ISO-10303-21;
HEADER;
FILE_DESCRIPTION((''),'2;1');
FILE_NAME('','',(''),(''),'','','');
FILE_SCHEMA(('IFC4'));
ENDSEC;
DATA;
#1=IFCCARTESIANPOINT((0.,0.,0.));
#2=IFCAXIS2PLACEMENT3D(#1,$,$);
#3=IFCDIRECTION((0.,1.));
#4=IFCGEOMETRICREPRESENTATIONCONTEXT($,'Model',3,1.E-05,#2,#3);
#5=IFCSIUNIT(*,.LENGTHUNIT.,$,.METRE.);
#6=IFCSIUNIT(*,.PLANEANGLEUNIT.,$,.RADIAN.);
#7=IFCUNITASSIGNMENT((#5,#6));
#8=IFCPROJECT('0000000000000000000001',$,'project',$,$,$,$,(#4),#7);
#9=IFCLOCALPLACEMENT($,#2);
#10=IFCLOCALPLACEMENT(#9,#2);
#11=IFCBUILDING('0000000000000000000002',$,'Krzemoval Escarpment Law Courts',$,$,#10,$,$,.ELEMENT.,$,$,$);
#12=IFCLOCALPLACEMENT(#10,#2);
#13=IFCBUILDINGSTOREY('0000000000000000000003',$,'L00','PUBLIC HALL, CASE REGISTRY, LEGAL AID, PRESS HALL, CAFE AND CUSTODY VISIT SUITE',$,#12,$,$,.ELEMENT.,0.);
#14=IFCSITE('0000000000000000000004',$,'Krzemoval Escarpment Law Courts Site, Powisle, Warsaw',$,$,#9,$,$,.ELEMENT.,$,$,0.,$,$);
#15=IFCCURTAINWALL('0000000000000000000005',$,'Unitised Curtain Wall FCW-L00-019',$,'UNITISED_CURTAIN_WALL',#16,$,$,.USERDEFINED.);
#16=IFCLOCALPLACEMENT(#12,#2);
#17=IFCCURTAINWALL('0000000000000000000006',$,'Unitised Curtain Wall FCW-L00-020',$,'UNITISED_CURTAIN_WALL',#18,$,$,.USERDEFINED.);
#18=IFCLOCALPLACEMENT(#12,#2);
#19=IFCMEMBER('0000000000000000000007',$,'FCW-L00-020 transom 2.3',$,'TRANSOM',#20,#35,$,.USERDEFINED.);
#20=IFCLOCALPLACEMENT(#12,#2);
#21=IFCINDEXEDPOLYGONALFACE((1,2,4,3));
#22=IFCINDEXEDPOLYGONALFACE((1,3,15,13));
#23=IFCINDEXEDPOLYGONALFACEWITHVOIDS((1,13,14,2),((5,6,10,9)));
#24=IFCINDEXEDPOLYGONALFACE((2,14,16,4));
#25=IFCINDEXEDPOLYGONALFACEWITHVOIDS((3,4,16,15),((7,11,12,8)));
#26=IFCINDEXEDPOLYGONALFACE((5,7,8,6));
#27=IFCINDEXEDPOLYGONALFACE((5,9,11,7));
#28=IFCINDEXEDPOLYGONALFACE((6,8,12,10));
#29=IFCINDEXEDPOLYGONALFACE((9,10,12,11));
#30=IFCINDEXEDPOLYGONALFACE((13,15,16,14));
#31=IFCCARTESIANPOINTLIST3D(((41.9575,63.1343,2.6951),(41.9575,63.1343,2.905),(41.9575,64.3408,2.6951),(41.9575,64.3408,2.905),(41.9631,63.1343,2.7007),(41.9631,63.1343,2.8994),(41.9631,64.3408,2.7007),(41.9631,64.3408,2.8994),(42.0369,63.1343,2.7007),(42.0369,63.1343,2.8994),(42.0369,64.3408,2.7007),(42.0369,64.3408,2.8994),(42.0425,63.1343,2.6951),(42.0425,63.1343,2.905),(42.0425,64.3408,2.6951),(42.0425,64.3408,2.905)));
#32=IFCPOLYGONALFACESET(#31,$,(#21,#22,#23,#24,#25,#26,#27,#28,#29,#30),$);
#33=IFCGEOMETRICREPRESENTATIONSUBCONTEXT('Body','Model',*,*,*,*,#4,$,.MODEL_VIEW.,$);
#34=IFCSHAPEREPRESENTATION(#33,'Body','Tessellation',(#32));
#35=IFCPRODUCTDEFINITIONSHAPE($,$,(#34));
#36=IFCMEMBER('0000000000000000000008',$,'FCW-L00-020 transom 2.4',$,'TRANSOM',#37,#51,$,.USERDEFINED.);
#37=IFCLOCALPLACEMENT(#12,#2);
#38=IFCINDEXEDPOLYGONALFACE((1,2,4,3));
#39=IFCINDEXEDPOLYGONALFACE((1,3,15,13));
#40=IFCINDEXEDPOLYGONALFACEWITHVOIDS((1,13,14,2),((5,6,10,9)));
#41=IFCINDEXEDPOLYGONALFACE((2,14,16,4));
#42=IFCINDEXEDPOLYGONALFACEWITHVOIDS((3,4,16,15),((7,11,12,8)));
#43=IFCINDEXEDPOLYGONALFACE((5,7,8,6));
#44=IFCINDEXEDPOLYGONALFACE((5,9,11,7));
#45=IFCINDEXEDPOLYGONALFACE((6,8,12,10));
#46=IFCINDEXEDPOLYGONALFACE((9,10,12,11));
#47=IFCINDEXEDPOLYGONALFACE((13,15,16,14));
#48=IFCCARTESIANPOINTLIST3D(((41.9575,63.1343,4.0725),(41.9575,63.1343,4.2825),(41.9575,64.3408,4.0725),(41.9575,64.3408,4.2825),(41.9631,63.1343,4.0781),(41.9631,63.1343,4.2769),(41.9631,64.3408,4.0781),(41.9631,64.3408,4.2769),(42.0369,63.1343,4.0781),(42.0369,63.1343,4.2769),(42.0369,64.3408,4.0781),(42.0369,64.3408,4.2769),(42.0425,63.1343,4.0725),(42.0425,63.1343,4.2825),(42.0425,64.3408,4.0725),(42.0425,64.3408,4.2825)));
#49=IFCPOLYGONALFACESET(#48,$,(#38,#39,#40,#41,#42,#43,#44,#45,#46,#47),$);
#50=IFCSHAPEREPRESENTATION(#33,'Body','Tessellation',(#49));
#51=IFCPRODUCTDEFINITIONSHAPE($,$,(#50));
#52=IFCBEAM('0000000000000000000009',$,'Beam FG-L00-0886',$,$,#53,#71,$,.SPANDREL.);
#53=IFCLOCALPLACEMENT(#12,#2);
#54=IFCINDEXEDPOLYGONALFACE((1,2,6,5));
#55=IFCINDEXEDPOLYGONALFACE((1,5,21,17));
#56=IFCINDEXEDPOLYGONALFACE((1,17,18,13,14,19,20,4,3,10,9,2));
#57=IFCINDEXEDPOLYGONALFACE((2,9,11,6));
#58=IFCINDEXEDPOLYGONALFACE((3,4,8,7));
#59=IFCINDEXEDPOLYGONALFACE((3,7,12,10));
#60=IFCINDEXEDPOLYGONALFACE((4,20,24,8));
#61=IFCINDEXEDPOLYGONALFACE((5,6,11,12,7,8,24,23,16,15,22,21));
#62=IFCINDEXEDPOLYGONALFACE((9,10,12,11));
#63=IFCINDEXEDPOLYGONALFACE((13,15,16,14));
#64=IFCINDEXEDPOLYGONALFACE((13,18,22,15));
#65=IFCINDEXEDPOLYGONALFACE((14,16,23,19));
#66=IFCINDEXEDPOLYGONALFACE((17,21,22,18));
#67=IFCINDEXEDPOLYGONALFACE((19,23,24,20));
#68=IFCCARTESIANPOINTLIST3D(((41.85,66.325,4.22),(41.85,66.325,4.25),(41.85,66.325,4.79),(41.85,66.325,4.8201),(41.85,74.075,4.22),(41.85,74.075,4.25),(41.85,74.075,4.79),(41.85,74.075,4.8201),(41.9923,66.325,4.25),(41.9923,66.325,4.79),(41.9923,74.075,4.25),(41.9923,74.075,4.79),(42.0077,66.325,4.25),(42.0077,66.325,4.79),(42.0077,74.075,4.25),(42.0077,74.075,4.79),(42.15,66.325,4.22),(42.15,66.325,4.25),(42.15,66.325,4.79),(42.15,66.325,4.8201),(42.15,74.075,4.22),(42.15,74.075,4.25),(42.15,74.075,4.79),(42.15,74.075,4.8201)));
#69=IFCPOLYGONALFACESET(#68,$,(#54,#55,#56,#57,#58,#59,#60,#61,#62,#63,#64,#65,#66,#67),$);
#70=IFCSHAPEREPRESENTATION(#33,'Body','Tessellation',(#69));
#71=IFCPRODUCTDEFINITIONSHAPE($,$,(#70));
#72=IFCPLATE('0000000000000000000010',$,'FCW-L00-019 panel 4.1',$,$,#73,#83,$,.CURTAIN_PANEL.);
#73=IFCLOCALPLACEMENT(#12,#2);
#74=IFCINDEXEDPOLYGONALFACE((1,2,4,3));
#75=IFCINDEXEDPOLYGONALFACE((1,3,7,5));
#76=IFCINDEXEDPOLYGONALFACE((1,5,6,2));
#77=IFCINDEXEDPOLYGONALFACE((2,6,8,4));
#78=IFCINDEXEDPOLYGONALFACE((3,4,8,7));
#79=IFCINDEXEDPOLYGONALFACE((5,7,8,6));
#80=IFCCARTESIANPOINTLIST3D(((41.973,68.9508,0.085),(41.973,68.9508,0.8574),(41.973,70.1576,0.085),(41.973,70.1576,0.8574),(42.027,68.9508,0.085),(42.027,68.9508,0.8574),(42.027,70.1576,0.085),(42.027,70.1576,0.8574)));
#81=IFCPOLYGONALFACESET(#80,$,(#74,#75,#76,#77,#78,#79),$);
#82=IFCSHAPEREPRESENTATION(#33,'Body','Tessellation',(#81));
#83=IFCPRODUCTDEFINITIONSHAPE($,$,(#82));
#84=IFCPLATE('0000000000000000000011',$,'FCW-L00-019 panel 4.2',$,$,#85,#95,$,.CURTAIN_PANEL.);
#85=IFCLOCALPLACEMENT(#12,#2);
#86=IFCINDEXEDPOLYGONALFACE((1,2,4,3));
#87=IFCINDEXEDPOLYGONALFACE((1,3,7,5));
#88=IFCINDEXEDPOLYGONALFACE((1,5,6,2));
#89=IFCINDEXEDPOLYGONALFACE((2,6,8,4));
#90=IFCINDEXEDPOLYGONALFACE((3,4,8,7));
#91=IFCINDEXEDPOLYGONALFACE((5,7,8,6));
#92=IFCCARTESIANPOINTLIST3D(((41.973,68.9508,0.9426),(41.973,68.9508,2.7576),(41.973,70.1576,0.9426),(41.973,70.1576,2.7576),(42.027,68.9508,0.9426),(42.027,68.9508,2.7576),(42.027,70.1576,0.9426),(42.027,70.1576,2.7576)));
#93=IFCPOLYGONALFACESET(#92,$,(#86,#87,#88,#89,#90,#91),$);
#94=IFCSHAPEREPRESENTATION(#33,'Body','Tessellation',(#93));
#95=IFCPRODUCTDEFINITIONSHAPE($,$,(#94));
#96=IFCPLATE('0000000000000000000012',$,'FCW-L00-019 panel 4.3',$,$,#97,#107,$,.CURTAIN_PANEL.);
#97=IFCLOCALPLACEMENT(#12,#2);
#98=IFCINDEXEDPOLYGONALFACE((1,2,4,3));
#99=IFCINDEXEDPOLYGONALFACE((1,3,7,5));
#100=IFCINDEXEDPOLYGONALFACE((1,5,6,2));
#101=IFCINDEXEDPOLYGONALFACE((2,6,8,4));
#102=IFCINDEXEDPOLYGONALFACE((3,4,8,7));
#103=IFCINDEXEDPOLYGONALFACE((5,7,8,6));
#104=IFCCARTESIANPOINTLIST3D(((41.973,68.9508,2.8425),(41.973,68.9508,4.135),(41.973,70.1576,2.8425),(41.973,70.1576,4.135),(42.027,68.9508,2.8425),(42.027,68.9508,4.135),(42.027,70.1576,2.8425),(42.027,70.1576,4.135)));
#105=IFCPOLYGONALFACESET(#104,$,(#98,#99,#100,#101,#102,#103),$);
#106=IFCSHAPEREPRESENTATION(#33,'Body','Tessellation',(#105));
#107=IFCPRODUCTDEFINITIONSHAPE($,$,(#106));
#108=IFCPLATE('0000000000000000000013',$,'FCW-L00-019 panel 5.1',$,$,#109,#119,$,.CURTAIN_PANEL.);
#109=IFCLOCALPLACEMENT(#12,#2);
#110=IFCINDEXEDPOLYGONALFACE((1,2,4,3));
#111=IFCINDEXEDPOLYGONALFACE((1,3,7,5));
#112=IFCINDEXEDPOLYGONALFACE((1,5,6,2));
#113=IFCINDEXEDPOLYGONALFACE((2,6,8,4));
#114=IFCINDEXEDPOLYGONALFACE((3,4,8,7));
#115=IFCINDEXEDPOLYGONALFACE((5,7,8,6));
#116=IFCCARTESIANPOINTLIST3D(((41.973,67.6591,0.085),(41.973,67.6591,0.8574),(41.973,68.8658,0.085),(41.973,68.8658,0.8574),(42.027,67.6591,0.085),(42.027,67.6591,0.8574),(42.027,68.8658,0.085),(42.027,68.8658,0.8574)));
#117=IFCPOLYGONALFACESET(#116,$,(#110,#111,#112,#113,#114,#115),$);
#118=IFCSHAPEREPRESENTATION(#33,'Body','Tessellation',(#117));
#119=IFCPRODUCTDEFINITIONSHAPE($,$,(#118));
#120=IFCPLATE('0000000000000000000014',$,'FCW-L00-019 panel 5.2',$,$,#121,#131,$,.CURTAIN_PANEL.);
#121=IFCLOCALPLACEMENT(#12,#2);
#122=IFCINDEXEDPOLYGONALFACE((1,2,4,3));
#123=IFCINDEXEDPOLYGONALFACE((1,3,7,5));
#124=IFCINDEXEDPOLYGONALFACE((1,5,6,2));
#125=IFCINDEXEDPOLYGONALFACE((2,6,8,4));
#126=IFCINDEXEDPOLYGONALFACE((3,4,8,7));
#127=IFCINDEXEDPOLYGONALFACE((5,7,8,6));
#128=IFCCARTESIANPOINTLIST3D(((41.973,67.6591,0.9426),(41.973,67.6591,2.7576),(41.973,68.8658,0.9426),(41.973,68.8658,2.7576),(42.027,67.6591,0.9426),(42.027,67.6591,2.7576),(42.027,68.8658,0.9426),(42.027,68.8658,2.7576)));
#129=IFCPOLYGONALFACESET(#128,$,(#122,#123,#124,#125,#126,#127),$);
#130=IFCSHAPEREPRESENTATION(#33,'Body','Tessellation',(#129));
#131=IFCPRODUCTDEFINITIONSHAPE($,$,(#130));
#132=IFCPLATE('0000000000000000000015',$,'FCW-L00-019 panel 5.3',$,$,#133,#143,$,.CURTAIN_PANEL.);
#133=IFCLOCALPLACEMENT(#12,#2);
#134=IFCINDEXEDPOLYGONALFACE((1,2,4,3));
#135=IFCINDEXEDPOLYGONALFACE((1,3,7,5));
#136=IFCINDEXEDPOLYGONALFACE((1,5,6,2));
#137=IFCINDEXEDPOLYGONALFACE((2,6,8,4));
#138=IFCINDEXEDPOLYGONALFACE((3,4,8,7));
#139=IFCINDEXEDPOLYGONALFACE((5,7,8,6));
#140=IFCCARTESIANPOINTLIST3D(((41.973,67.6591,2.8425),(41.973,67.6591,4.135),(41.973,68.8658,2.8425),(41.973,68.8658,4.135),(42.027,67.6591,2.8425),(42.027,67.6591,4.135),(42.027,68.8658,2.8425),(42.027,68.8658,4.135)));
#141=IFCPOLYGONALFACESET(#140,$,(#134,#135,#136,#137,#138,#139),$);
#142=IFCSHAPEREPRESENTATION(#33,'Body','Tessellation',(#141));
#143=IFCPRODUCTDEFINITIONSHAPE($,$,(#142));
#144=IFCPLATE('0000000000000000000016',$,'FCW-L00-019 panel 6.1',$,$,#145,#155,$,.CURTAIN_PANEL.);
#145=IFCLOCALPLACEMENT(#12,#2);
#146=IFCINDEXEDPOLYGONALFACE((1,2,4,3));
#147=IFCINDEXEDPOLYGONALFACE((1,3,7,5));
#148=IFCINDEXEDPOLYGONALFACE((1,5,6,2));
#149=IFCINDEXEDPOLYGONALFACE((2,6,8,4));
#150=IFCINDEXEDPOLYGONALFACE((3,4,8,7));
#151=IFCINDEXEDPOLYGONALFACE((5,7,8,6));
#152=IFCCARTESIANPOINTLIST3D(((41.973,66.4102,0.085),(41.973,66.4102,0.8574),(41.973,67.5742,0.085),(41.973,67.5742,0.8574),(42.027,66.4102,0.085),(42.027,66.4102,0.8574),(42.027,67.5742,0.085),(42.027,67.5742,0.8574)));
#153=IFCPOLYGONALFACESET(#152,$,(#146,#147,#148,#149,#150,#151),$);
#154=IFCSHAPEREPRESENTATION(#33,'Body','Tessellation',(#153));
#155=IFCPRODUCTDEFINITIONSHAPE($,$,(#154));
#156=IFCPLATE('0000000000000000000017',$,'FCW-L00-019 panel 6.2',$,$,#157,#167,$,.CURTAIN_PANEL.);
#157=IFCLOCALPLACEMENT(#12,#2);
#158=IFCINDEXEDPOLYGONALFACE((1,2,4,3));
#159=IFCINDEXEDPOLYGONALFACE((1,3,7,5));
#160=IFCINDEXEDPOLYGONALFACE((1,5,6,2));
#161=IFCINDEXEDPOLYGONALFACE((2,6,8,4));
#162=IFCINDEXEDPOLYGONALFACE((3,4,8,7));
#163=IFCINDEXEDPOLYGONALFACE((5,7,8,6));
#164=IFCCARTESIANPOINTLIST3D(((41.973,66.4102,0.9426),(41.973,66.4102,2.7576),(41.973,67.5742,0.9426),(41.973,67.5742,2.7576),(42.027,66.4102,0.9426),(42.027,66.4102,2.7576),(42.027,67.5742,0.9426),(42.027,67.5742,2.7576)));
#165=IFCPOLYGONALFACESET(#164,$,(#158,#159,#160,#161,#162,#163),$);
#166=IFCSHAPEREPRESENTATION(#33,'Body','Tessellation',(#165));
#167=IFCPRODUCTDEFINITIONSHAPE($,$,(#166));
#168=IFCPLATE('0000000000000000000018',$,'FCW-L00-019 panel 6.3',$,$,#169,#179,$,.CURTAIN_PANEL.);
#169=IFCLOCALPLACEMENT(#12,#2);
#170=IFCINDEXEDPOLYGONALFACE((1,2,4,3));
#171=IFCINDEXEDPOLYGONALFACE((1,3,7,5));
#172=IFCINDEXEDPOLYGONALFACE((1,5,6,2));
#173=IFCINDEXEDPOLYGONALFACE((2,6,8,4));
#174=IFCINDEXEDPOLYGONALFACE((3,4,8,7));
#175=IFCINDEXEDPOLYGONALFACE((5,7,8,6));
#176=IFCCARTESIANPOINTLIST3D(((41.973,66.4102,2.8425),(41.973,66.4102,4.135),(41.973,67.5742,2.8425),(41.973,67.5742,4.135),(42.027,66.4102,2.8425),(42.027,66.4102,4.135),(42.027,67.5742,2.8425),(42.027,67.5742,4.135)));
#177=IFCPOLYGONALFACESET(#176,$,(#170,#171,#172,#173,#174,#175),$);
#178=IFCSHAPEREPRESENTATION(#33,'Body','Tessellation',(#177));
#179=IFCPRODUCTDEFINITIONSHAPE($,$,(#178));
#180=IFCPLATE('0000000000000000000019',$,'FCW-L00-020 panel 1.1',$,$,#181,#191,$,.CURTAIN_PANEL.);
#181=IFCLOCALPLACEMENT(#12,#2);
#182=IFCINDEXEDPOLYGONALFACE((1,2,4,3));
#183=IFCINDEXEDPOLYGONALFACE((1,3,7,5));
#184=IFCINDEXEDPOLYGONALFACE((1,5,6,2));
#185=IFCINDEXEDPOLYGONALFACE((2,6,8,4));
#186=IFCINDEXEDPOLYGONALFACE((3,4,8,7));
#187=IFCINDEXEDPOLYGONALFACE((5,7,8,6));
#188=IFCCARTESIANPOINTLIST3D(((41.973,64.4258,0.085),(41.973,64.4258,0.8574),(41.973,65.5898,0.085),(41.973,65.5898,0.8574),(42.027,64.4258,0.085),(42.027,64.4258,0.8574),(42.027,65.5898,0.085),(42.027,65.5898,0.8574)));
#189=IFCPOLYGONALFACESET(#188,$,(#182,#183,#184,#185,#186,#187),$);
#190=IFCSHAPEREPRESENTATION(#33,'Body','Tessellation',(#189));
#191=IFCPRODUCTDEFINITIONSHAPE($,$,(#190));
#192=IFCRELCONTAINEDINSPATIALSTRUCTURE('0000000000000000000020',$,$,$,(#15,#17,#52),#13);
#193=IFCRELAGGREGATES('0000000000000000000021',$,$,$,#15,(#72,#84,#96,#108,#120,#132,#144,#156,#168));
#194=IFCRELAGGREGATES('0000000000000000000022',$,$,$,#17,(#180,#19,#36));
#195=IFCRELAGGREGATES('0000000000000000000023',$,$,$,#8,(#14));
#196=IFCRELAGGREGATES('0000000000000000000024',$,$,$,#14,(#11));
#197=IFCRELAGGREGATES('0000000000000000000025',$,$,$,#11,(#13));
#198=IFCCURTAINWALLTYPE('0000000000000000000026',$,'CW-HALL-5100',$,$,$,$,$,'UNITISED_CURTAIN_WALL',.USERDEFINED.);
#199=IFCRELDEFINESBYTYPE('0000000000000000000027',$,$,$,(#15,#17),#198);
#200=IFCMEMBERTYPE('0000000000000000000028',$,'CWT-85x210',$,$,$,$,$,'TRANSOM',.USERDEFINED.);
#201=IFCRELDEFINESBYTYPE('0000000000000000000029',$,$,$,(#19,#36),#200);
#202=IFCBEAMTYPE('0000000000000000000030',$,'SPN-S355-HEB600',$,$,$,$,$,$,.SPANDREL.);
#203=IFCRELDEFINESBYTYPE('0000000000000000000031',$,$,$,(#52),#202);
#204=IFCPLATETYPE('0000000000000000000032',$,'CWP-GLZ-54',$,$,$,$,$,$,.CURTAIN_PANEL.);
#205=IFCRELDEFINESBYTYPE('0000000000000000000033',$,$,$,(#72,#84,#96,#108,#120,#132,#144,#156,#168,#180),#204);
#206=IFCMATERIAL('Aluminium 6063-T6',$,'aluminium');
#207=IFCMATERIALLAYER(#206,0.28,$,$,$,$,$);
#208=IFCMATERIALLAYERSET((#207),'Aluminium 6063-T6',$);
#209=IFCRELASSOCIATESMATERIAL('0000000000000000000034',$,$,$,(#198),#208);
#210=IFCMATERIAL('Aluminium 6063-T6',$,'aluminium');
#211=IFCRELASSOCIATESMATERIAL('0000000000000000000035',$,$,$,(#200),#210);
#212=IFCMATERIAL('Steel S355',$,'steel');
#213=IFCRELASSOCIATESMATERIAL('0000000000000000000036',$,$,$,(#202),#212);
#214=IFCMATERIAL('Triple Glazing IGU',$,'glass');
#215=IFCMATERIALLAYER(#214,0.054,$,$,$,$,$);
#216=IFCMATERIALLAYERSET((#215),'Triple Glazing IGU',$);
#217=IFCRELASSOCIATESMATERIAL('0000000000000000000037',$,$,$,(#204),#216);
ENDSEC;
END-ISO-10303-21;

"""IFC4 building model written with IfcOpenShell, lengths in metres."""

from ifc_helpers import new_model, si_unit, direction, frame, origin, origin_2d, place, context, subcontext, project, spatial, rectangle, hollow_rectangle, i_section, extrude, material, layer, layer_set, material_profile, profile_set, type_object, element, aggregate, save


model = new_model("IFC4")

# Units and contexts
model_context = context("Model", 3, precision=1e-05, world=origin(), true_north=direction((0.0, 1.0)))
body_context = subcontext(model_context, "Body", "Model", "MODEL_VIEW")
ifc_project = project(units=[si_unit("LENGTHUNIT", "METRE"), si_unit("PLANEANGLEUNIT", "RADIAN")], contexts=[model_context])

# Site, building, storey
site_placement = place(None, origin())
site = spatial("IfcSite", under=ifc_project, at=site_placement, Name="Krzemoval Escarpment Law Courts Site, Powisle, Warsaw", CompositionType="ELEMENT", RefElevation=0.0)
building_placement = place(site_placement, origin())
building = spatial("IfcBuilding", under=site, at=building_placement, Name="Krzemoval Escarpment Law Courts", CompositionType="ELEMENT")
storey_placement = place(building_placement, origin())
storey = spatial("IfcBuildingStorey", under=building, at=storey_placement, Name="L00", Description="PUBLIC HALL, CASE REGISTRY, LEGAL AID, PRESS HALL, CAFE AND CUSTODY VISIT SUITE", CompositionType="ELEMENT", Elevation=0.0)

# Curtain walls
ifc_material_1 = material(Name="Aluminium 6063-T6", Category="aluminium")
ifc_layer_1 = layer(ifc_material_1, 0.28)
ifc_layer_set_1 = layer_set([ifc_layer_1], Name="Aluminium 6063-T6")
curtain_wall_type = type_object("IfcCurtainWallType", Name="CW-HALL-5100", ElementType="UNITISED_CURTAIN_WALL", PredefinedType="USERDEFINED", material=ifc_layer_set_1)
curtain_wall_1_placement = place(storey_placement, origin())
curtain_wall_1 = element("IfcCurtainWall", 1, at=curtain_wall_1_placement, inside=storey, type_object=curtain_wall_type, Name="Unitised Curtain Wall FCW-L00-019", ObjectType="UNITISED_CURTAIN_WALL", PredefinedType="USERDEFINED")
curtain_wall_2_placement = place(storey_placement, origin())
curtain_wall_2 = element("IfcCurtainWall", 2, at=curtain_wall_2_placement, inside=storey, type_object=curtain_wall_type, Name="Unitised Curtain Wall FCW-L00-020", ObjectType="UNITISED_CURTAIN_WALL", PredefinedType="USERDEFINED")

# Members
ifc_material_2 = material(Name="Aluminium 6063-T6", Category="aluminium")
ifc_material_profile_1 = material_profile(ifc_material_2, hollow_rectangle(XDim=0.085, YDim=0.21, WallThickness=0.0056, at=origin_2d()), Name="ALU T85x210")
ifc_profile_set_1 = profile_set([ifc_material_profile_1], Name="Aluminium 6063-T6")
member_type_1 = type_object("IfcMemberType", Name="CWT-85x210", ElementType="TRANSOM", PredefinedType="USERDEFINED", material=ifc_profile_set_1)
member_1_placement = place(storey_placement, frame((42.0, 64.3408, 2.8), z_axis=(0.0, -1.0, 0.0), x_axis=(1.0, 0.0, 0.0)))
member_1 = element("IfcMember", 3, at=member_1_placement, type_object=member_type_1, Name="FCW-L00-020 transom 2.3", ObjectType="TRANSOM", PredefinedType="USERDEFINED", context=body_context, shape_type="SweptSolid", body=[
    extrude(hollow_rectangle(XDim=0.085, YDim=0.21, WallThickness=0.0056, at=origin_2d()), origin(), (0.0, 0.0, 1.0), 1.2065),
])
member_2_placement = place(storey_placement, frame((42.0, 64.3408, 4.1775), z_axis=(0.0, -1.0, 0.0), x_axis=(1.0, 0.0, 0.0)))
member_2 = element("IfcMember", 4, at=member_2_placement, type_object=member_type_1, Name="FCW-L00-020 transom 2.4", ObjectType="TRANSOM", PredefinedType="USERDEFINED", context=body_context, shape_type="SweptSolid", body=[
    extrude(hollow_rectangle(XDim=0.085, YDim=0.21, WallThickness=0.0056, at=origin_2d()), origin(), (0.0, 0.0, 1.0), 1.2065),
])

# Beam
ifc_material_3 = material(Name="Steel S355", Category="steel")
ifc_material_profile_2 = material_profile(ifc_material_3, i_section(OverallWidth=0.3, OverallDepth=0.6001, WebThickness=0.0154, FlangeThickness=0.03, at=origin_2d()), Name="HEB 600")
ifc_profile_set_2 = profile_set([ifc_material_profile_2], Name="Steel S355")
beam_type_1 = type_object("IfcBeamType", Name="SPN-S355-HEB600", PredefinedType="SPANDREL", material=ifc_profile_set_2)
beam_1_placement = place(storey_placement, frame((42.0, 66.325, 4.52), z_axis=(0.0, 1.0, 0.0), x_axis=(-1.0, 0.0, 0.0)))
element("IfcBeam", 5, at=beam_1_placement, inside=storey, type_object=beam_type_1, Name="Beam FG-L00-0886", PredefinedType="SPANDREL", context=body_context, shape_type="SweptSolid", body=[
    extrude(i_section(OverallWidth=0.3, OverallDepth=0.6001, WebThickness=0.0154, FlangeThickness=0.03, at=origin_2d()), origin(), (0.0, 0.0, 1.0), 7.75),
])

# Plates
ifc_material_4 = material(Name="Triple Glazing IGU", Category="glass")
ifc_layer_2 = layer(ifc_material_4, 0.054)
ifc_layer_set_2 = layer_set([ifc_layer_2], Name="Triple Glazing IGU")
plate_type = type_object("IfcPlateType", Name="CWP-GLZ-54", PredefinedType="CURTAIN_PANEL", material=ifc_layer_set_2)
plate_1_placement = place(storey_placement, frame((42.0, 69.5542, 0.085), z_axis=(0.0, 0.0, 1.0), x_axis=(0.0, -1.0, 0.0)))
plate_1 = element("IfcPlate", 6, at=plate_1_placement, type_object=plate_type, Name="FCW-L00-019 panel 4.1", PredefinedType="CURTAIN_PANEL", context=body_context, shape_type="SweptSolid", body=[
    extrude(rectangle(XDim=1.2068, YDim=0.054, at=origin_2d()), origin(), (0.0, 0.0, 1.0), 0.7725),
])
plate_2_placement = place(storey_placement, frame((42.0, 69.5542, 0.9426), z_axis=(0.0, 0.0, 1.0), x_axis=(0.0, -1.0, 0.0)))
plate_2 = element("IfcPlate", 7, at=plate_2_placement, type_object=plate_type, Name="FCW-L00-019 panel 4.2", PredefinedType="CURTAIN_PANEL", context=body_context, shape_type="SweptSolid", body=[
    extrude(rectangle(XDim=1.2068, YDim=0.054, at=origin_2d()), origin(), (0.0, 0.0, 1.0), 1.8149),
])
plate_3_placement = place(storey_placement, frame((42.0, 69.5542, 2.8425), z_axis=(0.0, 0.0, 1.0), x_axis=(0.0, -1.0, 0.0)))
plate_3 = element("IfcPlate", 8, at=plate_3_placement, type_object=plate_type, Name="FCW-L00-019 panel 4.3", PredefinedType="CURTAIN_PANEL", context=body_context, shape_type="SweptSolid", body=[
    extrude(rectangle(XDim=1.2068, YDim=0.054, at=origin_2d()), origin(), (0.0, 0.0, 1.0), 1.2925),
])
plate_4_placement = place(storey_placement, frame((42.0, 68.2625, 0.085), z_axis=(0.0, 0.0, 1.0), x_axis=(0.0, -1.0, 0.0)))
plate_4 = element("IfcPlate", 9, at=plate_4_placement, type_object=plate_type, Name="FCW-L00-019 panel 5.1", PredefinedType="CURTAIN_PANEL", context=body_context, shape_type="SweptSolid", body=[
    extrude(rectangle(XDim=1.2068, YDim=0.054, at=origin_2d()), origin(), (0.0, 0.0, 1.0), 0.7725),
])
plate_5_placement = place(storey_placement, frame((42.0, 68.2625, 0.9426), z_axis=(0.0, 0.0, 1.0), x_axis=(0.0, -1.0, 0.0)))
plate_5 = element("IfcPlate", 10, at=plate_5_placement, type_object=plate_type, Name="FCW-L00-019 panel 5.2", PredefinedType="CURTAIN_PANEL", context=body_context, shape_type="SweptSolid", body=[
    extrude(rectangle(XDim=1.2068, YDim=0.054, at=origin_2d()), origin(), (0.0, 0.0, 1.0), 1.8149),
])
plate_6_placement = place(storey_placement, frame((42.0, 68.2625, 2.8425), z_axis=(0.0, 0.0, 1.0), x_axis=(0.0, -1.0, 0.0)))
plate_6 = element("IfcPlate", 11, at=plate_6_placement, type_object=plate_type, Name="FCW-L00-019 panel 5.3", PredefinedType="CURTAIN_PANEL", context=body_context, shape_type="SweptSolid", body=[
    extrude(rectangle(XDim=1.2068, YDim=0.054, at=origin_2d()), origin(), (0.0, 0.0, 1.0), 1.2925),
])
plate_7_placement = place(storey_placement, frame((42.0, 66.9922, 0.085), z_axis=(0.0, 0.0, 1.0), x_axis=(0.0, -1.0, 0.0)))
plate_7 = element("IfcPlate", 12, at=plate_7_placement, type_object=plate_type, Name="FCW-L00-019 panel 6.1", PredefinedType="CURTAIN_PANEL", context=body_context, shape_type="SweptSolid", body=[
    extrude(rectangle(XDim=1.1641, YDim=0.054, at=origin_2d()), origin(), (0.0, 0.0, 1.0), 0.7725),
])
plate_8_placement = place(storey_placement, frame((42.0, 66.9922, 0.9426), z_axis=(0.0, 0.0, 1.0), x_axis=(0.0, -1.0, 0.0)))
plate_8 = element("IfcPlate", 13, at=plate_8_placement, type_object=plate_type, Name="FCW-L00-019 panel 6.2", PredefinedType="CURTAIN_PANEL", context=body_context, shape_type="SweptSolid", body=[
    extrude(rectangle(XDim=1.1641, YDim=0.054, at=origin_2d()), origin(), (0.0, 0.0, 1.0), 1.8149),
])
plate_9_placement = place(storey_placement, frame((42.0, 66.9922, 2.8425), z_axis=(0.0, 0.0, 1.0), x_axis=(0.0, -1.0, 0.0)))
plate_9 = element("IfcPlate", 14, at=plate_9_placement, type_object=plate_type, Name="FCW-L00-019 panel 6.3", PredefinedType="CURTAIN_PANEL", context=body_context, shape_type="SweptSolid", body=[
    extrude(rectangle(XDim=1.1641, YDim=0.054, at=origin_2d()), origin(), (0.0, 0.0, 1.0), 1.2925),
])
aggregate(curtain_wall_1, [plate_1, plate_2, plate_3, plate_4, plate_5, plate_6, plate_7, plate_8, plate_9])
plate_10_placement = place(storey_placement, frame((42.0, 65.0078, 0.085), z_axis=(0.0, 0.0, 1.0), x_axis=(0.0, -1.0, 0.0)))
plate_10 = element("IfcPlate", 15, at=plate_10_placement, type_object=plate_type, Name="FCW-L00-020 panel 1.1", PredefinedType="CURTAIN_PANEL", context=body_context, shape_type="SweptSolid", body=[
    extrude(rectangle(XDim=1.1641, YDim=0.054, at=origin_2d()), origin(), (0.0, 0.0, 1.0), 0.7725),
])
aggregate(curtain_wall_2, [plate_10, member_1, member_2])

save(model, "model.ifc")
